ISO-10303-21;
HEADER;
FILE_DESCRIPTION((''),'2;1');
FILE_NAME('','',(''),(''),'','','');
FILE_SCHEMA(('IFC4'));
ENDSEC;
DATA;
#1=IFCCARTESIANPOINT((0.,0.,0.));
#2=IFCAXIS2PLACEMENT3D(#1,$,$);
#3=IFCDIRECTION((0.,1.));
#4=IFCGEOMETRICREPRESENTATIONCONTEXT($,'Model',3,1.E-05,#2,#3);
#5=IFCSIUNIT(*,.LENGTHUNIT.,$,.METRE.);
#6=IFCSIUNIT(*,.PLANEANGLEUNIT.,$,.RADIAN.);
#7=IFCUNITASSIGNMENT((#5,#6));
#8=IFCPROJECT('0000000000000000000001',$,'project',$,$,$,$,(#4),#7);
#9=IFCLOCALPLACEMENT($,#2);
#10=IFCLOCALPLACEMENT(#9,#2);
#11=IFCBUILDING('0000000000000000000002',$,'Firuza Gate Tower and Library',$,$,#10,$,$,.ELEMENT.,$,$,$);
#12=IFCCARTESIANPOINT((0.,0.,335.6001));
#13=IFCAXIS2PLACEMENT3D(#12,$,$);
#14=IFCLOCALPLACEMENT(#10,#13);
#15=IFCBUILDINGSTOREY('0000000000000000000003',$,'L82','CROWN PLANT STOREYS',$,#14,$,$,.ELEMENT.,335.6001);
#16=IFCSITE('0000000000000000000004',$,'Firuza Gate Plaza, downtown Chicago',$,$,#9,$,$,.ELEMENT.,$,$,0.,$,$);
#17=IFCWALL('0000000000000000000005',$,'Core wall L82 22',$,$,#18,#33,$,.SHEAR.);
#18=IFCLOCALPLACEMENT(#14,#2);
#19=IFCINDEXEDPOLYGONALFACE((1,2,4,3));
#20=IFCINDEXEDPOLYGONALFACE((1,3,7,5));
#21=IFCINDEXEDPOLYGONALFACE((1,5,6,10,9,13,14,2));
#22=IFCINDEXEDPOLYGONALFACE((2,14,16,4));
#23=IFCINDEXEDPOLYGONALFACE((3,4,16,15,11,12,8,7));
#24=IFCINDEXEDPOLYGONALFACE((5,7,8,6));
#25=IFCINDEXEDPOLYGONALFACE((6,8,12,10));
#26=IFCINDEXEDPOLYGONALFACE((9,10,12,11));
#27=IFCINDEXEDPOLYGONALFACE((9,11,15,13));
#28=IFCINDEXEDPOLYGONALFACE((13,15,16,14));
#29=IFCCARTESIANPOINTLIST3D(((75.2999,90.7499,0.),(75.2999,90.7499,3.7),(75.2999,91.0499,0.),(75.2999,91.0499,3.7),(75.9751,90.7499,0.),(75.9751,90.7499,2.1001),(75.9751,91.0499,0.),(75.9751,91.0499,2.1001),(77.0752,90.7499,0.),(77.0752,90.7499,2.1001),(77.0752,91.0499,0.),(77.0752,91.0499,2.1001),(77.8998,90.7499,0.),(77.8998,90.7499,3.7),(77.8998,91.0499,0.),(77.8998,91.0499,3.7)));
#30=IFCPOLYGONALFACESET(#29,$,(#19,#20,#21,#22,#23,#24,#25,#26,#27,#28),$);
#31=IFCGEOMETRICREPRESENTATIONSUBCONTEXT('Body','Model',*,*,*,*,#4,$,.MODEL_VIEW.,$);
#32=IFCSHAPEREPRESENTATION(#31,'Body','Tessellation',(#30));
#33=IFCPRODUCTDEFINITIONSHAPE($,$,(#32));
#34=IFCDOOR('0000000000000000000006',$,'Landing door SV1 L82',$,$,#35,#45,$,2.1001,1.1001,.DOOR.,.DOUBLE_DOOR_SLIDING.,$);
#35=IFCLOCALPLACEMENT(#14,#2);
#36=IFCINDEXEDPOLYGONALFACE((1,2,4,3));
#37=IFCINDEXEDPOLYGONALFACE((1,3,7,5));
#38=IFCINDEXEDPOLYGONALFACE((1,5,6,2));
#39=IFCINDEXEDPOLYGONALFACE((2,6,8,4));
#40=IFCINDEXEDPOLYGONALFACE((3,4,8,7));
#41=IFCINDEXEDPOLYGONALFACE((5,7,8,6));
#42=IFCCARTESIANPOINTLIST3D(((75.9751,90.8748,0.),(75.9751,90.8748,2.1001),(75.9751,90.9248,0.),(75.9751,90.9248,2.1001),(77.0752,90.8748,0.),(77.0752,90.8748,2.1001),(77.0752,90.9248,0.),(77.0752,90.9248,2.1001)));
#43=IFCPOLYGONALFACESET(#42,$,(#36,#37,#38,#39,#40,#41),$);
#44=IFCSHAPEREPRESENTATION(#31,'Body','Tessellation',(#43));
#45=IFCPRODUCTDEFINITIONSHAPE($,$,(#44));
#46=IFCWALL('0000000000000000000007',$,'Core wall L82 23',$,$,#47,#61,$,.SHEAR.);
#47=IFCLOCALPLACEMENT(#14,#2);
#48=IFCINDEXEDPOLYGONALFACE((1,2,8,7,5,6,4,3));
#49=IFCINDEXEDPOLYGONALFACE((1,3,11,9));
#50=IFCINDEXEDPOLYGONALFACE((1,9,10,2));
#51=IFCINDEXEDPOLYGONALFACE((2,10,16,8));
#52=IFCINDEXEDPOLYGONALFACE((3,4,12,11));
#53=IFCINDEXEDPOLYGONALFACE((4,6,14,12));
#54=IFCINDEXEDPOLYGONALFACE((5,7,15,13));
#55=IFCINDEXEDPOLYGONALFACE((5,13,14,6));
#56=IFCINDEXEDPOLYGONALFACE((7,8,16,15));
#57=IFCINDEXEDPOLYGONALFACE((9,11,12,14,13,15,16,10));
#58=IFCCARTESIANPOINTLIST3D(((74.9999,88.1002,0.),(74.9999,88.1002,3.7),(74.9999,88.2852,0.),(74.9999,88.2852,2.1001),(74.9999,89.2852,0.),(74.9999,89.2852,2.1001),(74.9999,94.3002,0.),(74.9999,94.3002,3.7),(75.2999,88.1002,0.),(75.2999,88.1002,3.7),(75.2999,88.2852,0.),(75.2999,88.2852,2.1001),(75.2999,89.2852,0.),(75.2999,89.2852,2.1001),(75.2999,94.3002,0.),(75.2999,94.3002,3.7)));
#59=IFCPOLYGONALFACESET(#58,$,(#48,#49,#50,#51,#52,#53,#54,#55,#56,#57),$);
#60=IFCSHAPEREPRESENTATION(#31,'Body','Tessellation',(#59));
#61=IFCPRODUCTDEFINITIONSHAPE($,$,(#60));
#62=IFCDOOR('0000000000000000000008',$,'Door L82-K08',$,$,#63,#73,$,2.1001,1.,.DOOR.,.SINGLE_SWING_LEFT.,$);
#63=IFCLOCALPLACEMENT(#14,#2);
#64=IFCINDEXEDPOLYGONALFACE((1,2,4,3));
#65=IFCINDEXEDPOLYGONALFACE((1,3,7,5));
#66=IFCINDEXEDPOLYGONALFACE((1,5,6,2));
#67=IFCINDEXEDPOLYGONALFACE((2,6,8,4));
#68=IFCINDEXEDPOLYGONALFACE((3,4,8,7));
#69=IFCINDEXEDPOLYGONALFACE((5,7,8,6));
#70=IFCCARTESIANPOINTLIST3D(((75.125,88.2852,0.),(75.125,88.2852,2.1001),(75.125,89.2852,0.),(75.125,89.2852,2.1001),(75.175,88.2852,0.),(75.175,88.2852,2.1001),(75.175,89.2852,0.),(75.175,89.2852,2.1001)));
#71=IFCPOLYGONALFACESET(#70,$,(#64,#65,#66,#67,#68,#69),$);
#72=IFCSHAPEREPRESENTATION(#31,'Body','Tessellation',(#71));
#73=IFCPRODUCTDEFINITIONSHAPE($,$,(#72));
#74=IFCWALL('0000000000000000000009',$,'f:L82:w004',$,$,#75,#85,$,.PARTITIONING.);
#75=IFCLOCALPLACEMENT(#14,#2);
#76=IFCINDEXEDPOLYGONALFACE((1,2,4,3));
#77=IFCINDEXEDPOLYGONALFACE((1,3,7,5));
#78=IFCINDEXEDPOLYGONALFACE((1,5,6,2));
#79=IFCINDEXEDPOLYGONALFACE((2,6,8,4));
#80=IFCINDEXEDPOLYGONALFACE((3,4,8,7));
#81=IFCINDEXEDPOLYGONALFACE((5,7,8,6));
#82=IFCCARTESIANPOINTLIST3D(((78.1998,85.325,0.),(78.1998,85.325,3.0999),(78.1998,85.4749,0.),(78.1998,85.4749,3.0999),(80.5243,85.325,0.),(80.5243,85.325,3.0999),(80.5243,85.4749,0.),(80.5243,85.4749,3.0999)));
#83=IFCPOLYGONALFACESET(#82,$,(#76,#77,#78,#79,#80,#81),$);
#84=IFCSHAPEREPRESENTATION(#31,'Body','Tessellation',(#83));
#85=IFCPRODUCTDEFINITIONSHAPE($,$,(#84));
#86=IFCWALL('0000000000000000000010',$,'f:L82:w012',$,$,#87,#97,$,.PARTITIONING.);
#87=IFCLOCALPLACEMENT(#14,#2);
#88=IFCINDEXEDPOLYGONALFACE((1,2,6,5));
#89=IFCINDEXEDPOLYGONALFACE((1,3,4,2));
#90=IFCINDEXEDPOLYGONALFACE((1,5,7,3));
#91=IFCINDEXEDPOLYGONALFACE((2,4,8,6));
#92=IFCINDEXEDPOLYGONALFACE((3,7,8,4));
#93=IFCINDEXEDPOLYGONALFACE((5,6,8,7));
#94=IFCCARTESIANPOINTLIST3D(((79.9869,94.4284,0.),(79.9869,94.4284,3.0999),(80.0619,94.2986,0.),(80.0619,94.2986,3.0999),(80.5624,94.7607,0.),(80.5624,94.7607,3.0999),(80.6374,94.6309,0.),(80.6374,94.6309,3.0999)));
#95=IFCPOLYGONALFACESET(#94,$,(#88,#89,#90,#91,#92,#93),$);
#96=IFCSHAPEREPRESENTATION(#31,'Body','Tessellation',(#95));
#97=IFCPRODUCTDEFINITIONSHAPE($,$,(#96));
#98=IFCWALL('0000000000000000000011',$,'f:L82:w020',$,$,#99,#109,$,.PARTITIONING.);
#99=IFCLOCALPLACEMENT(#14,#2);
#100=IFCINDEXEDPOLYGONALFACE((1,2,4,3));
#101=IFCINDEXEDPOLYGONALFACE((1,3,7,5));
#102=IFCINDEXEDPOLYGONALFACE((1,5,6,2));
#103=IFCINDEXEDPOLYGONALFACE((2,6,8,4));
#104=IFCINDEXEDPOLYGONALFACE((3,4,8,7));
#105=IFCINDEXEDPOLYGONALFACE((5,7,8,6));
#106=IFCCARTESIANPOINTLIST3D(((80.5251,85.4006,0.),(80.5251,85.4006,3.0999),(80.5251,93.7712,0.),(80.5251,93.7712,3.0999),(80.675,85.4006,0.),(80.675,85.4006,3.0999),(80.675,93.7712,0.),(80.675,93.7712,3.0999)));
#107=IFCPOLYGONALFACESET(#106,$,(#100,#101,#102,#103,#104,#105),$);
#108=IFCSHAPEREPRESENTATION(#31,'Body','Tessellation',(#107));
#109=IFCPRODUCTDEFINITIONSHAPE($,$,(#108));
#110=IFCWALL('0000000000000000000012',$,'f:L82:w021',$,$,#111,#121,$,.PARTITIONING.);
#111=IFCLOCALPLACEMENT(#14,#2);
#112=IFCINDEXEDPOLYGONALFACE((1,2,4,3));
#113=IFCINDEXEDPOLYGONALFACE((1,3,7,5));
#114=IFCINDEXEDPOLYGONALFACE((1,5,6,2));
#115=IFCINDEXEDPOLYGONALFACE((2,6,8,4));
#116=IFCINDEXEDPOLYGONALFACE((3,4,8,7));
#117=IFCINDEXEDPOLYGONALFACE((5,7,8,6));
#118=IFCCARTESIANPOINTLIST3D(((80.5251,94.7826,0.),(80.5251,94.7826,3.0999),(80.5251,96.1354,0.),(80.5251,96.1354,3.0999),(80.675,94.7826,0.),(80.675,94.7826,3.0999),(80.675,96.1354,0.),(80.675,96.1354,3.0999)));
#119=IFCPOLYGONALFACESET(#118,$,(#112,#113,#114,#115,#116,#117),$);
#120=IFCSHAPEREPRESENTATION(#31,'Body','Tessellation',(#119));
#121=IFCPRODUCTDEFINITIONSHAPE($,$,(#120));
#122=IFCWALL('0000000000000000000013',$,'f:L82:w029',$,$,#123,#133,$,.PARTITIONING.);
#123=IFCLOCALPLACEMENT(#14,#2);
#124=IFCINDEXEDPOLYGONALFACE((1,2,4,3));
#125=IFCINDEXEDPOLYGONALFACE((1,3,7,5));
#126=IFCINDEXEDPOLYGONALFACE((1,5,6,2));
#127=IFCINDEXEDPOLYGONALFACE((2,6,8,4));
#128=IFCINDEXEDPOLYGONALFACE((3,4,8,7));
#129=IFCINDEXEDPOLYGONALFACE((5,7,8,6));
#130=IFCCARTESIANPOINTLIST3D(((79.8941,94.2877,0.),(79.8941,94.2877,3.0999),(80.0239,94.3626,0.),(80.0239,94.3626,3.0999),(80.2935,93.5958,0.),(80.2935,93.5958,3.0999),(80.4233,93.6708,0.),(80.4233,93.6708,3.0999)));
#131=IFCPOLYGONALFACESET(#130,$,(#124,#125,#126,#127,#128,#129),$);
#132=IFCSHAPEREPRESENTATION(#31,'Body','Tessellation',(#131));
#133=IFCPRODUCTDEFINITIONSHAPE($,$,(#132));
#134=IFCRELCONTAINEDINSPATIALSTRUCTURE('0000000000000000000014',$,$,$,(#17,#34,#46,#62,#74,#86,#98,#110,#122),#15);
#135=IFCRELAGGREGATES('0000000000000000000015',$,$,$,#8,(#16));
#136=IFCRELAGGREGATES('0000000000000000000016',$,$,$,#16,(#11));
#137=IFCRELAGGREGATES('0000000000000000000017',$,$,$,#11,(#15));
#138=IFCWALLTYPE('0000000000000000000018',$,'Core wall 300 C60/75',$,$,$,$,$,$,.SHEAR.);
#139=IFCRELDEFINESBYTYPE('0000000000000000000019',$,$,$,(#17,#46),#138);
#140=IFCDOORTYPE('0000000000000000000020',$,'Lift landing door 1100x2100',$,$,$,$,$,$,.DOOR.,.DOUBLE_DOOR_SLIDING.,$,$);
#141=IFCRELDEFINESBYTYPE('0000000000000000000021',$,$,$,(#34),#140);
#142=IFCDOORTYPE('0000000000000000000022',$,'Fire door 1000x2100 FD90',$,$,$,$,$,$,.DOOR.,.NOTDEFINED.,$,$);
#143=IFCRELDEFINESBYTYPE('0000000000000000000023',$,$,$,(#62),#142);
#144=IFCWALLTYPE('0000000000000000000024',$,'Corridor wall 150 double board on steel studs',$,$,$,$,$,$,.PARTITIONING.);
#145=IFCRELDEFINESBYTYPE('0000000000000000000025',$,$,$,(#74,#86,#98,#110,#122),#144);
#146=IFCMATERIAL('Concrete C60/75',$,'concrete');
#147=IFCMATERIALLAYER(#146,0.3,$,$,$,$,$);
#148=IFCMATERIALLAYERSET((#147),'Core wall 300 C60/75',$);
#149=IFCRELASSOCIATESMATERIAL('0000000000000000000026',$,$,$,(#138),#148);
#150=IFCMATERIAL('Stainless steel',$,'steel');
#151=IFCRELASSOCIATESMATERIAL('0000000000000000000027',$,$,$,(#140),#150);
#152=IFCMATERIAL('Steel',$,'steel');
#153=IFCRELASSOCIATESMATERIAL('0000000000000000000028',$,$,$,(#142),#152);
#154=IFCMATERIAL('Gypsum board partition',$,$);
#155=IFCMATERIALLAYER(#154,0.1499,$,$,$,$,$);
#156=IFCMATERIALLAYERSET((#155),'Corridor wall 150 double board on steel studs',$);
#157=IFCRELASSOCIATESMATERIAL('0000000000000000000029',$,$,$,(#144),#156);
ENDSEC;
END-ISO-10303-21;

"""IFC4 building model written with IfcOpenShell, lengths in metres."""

from ifc_helpers import new_model, si_unit, direction, frame, frame_2d, origin, place, context, subcontext, project, spatial, rectangle, extrude, material, layer, layer_set, type_object, element, fill, save


model = new_model("IFC4")

# Units and contexts
model_context = context("Model", 3, precision=1e-05, world=origin(), true_north=direction((0.0, 1.0)))
body_context = subcontext(model_context, "Body", "Model", "MODEL_VIEW")
ifc_project = project(units=[si_unit("LENGTHUNIT", "METRE"), si_unit("PLANEANGLEUNIT", "RADIAN")], contexts=[model_context])

# Site, building, storey
site_placement = place(None, origin())
site = spatial("IfcSite", under=ifc_project, at=site_placement, Name="Firuza Gate Plaza, downtown Chicago", CompositionType="ELEMENT", RefElevation=0.0)
building_placement = place(site_placement, origin())
building = spatial("IfcBuilding", under=site, at=building_placement, Name="Firuza Gate Tower and Library", CompositionType="ELEMENT")
storey_placement = place(building_placement, frame((0.0, 0.0, 335.6001)))
storey = spatial("IfcBuildingStorey", under=building, at=storey_placement, Name="L82", Description="CROWN PLANT STOREYS", CompositionType="ELEMENT", Elevation=335.6001)

# Shared definitions
ifc_material_1 = material(Name="Concrete C60/75", Category="concrete")
ifc_layer_1 = layer(ifc_material_1, 0.3)
ifc_layer_set_1 = layer_set([ifc_layer_1], Name="Core wall 300 C60/75")
wall_type_1 = type_object("IfcWallType", Name="Core wall 300 C60/75", PredefinedType="SHEAR", material=ifc_layer_set_1)

# Walls, openings, doors
wall_1_placement = place(storey_placement, frame((75.3, 90.8999, 0.0), z_axis=(0.0, 0.0, 1.0), x_axis=(1.0, 0.0, 0.0)))
wall_1 = element("IfcWall", 1, at=wall_1_placement, inside=storey, type_object=wall_type_1, Name="Core wall L82 22", PredefinedType="SHEAR", context=body_context, shape_type="SweptSolid", body=[
    extrude(rectangle(XDim=2.5999, YDim=0.3, at=frame_2d((1.2998, 0.0))), origin(), (0.0, 0.0, 1.0), 3.7),
])
opening_1_placement = place(wall_1_placement, frame((0.675, 0.0, 0.0)))
opening_1 = element("IfcOpeningElement", 2, at=opening_1_placement, cuts=wall_1, PredefinedType="OPENING", context=body_context, shape_type="SweptSolid", body=[
    extrude(rectangle(XDim=1.1001, YDim=2.1001, at=frame_2d((0.55, 1.05))), frame((0.0, 0.1602, 0.0), z_axis=(0.0, -1.0, 0.0), x_axis=(1.0, 0.0, 0.0)), (0.0, 0.0, 1.0), 0.3201),
])
ifc_material_2 = material(Name="Stainless steel", Category="steel")
door_type_1 = type_object("IfcDoorType", Name="Lift landing door 1100x2100", OperationType="DOUBLE_DOOR_SLIDING", PredefinedType="DOOR", material=ifc_material_2)
door_1_placement = place(opening_1_placement, origin())
door_1 = element("IfcDoor", 3, at=door_1_placement, inside=storey, type_object=door_type_1, Name="Landing door SV1 L82", OperationType="DOUBLE_DOOR_SLIDING", OverallHeight=2.1001, OverallWidth=1.1001, PredefinedType="DOOR", context=body_context, shape_type="SweptSolid", body=[
    extrude(rectangle(XDim=1.1001, YDim=2.1001, at=frame_2d((0.55, 1.05))), frame((0.0, 0.0249, 0.0), z_axis=(0.0, -1.0, 0.0), x_axis=(1.0, 0.0, 0.0)), (0.0, 0.0, 1.0), 0.05),
])
fill(opening_1, door_1)
wall_2_placement = place(storey_placement, frame((75.1499, 88.1001, 0.0), z_axis=(0.0, 0.0, 1.0), x_axis=(0.0, 1.0, 0.0)))
wall_2 = element("IfcWall", 4, at=wall_2_placement, inside=storey, type_object=wall_type_1, Name="Core wall L82 23", PredefinedType="SHEAR", context=body_context, shape_type="SweptSolid", body=[
    extrude(rectangle(XDim=6.2, YDim=0.3, at=frame_2d((3.1001, 0.0))), origin(), (0.0, 0.0, 1.0), 3.7),
])
opening_2_placement = place(wall_2_placement, frame((0.1851, 0.0, 0.0)))
opening_2 = element("IfcOpeningElement", 5, at=opening_2_placement, cuts=wall_2, PredefinedType="OPENING", context=body_context, shape_type="SweptSolid", body=[
    extrude(rectangle(XDim=1.0, YDim=2.1001, at=frame_2d((0.5, 1.05))), frame((0.0, 0.1602, 0.0), z_axis=(0.0, -1.0, 0.0), x_axis=(1.0, 0.0, 0.0)), (0.0, 0.0, 1.0), 0.3201),
])
ifc_material_3 = material(Name="Steel", Category="steel")
door_type_2 = type_object("IfcDoorType", Name="Fire door 1000x2100 FD90", OperationType="NOTDEFINED", PredefinedType="DOOR", material=ifc_material_3)
door_2_placement = place(opening_2_placement, origin())
door_2 = element("IfcDoor", 6, at=door_2_placement, inside=storey, type_object=door_type_2, Name="Door L82-K08", OperationType="SINGLE_SWING_LEFT", OverallHeight=2.1001, OverallWidth=1.0, PredefinedType="DOOR", context=body_context, shape_type="SweptSolid", body=[
    extrude(rectangle(XDim=1.0, YDim=2.1001, at=frame_2d((0.5, 1.05))), frame((0.0, 0.0249, 0.0), z_axis=(0.0, -1.0, 0.0), x_axis=(1.0, 0.0, 0.0)), (0.0, 0.0, 1.0), 0.05),
])
fill(opening_2, door_2)

# Walls
ifc_material_4 = material(Name="Gypsum board partition")
ifc_layer_2 = layer(ifc_material_4, 0.1499)
ifc_layer_set_2 = layer_set([ifc_layer_2], Name="Corridor wall 150 double board on steel studs")
wall_type_2 = type_object("IfcWallType", Name="Corridor wall 150 double board on steel studs", PredefinedType="PARTITIONING", material=ifc_layer_set_2)
wall_3_placement = place(storey_placement, frame((78.2, 85.3999, 0.0), z_axis=(0.0, 0.0, 1.0), x_axis=(1.0, 0.0, 0.0)))
element("IfcWall", 7, at=wall_3_placement, inside=storey, type_object=wall_type_2, Name="f:L82:w004", PredefinedType="PARTITIONING", context=body_context, shape_type="SweptSolid", body=[
    extrude(rectangle(XDim=2.3245, YDim=0.1499, at=frame_2d((1.1621, 0.0))), origin(), (0.0, 0.0, 1.0), 3.0999),
])
wall_4_placement = place(storey_placement, frame((80.0244, 94.3635, 0.0), z_axis=(0.0, 0.0, 1.0), x_axis=(0.865996, 0.500051, 0.0)))
element("IfcWall", 8, at=wall_4_placement, inside=storey, type_object=wall_type_2, Name="f:L82:w012", PredefinedType="PARTITIONING", context=body_context, shape_type="SweptSolid", body=[
    extrude(rectangle(XDim=0.6646, YDim=0.1499, at=frame_2d((0.3323, 0.0))), origin(), (0.0, 0.0, 1.0), 3.0999),
])
wall_5_placement = place(storey_placement, frame((80.6001, 85.4006, 0.0), z_axis=(0.0, 0.0, 1.0), x_axis=(0.0, 1.0, 0.0)))
element("IfcWall", 9, at=wall_5_placement, inside=storey, type_object=wall_type_2, Name="f:L82:w020", PredefinedType="PARTITIONING", context=body_context, shape_type="SweptSolid", body=[
    extrude(rectangle(XDim=8.3706, YDim=0.1499, at=frame_2d((4.1853, 0.0))), origin(), (0.0, 0.0, 1.0), 3.0999),
])
wall_6_placement = place(storey_placement, frame((80.6001, 94.7827, 0.0), z_axis=(0.0, 0.0, 1.0), x_axis=(0.0, 1.0, 0.0)))
element("IfcWall", 10, at=wall_6_placement, inside=storey, type_object=wall_type_2, Name="f:L82:w021", PredefinedType="PARTITIONING", context=body_context, shape_type="SweptSolid", body=[
    extrude(rectangle(XDim=1.3528, YDim=0.1499, at=frame_2d((0.6763, 0.0))), origin(), (0.0, 0.0, 1.0), 3.0999),
])
wall_7_placement = place(storey_placement, frame((80.3584, 93.6333, 0.0), z_axis=(0.0, 0.0, 1.0), x_axis=(-0.499952, 0.866053, 0.0)))
element("IfcWall", 11, at=wall_7_placement, inside=storey, type_object=wall_type_2, Name="f:L82:w029", PredefinedType="PARTITIONING", context=body_context, shape_type="SweptSolid", body=[
    extrude(rectangle(XDim=0.7988, YDim=0.1499, at=frame_2d((0.3994, 0.0))), origin(), (0.0, 0.0, 1.0), 3.0999),
])

save(model, "model.ifc")
